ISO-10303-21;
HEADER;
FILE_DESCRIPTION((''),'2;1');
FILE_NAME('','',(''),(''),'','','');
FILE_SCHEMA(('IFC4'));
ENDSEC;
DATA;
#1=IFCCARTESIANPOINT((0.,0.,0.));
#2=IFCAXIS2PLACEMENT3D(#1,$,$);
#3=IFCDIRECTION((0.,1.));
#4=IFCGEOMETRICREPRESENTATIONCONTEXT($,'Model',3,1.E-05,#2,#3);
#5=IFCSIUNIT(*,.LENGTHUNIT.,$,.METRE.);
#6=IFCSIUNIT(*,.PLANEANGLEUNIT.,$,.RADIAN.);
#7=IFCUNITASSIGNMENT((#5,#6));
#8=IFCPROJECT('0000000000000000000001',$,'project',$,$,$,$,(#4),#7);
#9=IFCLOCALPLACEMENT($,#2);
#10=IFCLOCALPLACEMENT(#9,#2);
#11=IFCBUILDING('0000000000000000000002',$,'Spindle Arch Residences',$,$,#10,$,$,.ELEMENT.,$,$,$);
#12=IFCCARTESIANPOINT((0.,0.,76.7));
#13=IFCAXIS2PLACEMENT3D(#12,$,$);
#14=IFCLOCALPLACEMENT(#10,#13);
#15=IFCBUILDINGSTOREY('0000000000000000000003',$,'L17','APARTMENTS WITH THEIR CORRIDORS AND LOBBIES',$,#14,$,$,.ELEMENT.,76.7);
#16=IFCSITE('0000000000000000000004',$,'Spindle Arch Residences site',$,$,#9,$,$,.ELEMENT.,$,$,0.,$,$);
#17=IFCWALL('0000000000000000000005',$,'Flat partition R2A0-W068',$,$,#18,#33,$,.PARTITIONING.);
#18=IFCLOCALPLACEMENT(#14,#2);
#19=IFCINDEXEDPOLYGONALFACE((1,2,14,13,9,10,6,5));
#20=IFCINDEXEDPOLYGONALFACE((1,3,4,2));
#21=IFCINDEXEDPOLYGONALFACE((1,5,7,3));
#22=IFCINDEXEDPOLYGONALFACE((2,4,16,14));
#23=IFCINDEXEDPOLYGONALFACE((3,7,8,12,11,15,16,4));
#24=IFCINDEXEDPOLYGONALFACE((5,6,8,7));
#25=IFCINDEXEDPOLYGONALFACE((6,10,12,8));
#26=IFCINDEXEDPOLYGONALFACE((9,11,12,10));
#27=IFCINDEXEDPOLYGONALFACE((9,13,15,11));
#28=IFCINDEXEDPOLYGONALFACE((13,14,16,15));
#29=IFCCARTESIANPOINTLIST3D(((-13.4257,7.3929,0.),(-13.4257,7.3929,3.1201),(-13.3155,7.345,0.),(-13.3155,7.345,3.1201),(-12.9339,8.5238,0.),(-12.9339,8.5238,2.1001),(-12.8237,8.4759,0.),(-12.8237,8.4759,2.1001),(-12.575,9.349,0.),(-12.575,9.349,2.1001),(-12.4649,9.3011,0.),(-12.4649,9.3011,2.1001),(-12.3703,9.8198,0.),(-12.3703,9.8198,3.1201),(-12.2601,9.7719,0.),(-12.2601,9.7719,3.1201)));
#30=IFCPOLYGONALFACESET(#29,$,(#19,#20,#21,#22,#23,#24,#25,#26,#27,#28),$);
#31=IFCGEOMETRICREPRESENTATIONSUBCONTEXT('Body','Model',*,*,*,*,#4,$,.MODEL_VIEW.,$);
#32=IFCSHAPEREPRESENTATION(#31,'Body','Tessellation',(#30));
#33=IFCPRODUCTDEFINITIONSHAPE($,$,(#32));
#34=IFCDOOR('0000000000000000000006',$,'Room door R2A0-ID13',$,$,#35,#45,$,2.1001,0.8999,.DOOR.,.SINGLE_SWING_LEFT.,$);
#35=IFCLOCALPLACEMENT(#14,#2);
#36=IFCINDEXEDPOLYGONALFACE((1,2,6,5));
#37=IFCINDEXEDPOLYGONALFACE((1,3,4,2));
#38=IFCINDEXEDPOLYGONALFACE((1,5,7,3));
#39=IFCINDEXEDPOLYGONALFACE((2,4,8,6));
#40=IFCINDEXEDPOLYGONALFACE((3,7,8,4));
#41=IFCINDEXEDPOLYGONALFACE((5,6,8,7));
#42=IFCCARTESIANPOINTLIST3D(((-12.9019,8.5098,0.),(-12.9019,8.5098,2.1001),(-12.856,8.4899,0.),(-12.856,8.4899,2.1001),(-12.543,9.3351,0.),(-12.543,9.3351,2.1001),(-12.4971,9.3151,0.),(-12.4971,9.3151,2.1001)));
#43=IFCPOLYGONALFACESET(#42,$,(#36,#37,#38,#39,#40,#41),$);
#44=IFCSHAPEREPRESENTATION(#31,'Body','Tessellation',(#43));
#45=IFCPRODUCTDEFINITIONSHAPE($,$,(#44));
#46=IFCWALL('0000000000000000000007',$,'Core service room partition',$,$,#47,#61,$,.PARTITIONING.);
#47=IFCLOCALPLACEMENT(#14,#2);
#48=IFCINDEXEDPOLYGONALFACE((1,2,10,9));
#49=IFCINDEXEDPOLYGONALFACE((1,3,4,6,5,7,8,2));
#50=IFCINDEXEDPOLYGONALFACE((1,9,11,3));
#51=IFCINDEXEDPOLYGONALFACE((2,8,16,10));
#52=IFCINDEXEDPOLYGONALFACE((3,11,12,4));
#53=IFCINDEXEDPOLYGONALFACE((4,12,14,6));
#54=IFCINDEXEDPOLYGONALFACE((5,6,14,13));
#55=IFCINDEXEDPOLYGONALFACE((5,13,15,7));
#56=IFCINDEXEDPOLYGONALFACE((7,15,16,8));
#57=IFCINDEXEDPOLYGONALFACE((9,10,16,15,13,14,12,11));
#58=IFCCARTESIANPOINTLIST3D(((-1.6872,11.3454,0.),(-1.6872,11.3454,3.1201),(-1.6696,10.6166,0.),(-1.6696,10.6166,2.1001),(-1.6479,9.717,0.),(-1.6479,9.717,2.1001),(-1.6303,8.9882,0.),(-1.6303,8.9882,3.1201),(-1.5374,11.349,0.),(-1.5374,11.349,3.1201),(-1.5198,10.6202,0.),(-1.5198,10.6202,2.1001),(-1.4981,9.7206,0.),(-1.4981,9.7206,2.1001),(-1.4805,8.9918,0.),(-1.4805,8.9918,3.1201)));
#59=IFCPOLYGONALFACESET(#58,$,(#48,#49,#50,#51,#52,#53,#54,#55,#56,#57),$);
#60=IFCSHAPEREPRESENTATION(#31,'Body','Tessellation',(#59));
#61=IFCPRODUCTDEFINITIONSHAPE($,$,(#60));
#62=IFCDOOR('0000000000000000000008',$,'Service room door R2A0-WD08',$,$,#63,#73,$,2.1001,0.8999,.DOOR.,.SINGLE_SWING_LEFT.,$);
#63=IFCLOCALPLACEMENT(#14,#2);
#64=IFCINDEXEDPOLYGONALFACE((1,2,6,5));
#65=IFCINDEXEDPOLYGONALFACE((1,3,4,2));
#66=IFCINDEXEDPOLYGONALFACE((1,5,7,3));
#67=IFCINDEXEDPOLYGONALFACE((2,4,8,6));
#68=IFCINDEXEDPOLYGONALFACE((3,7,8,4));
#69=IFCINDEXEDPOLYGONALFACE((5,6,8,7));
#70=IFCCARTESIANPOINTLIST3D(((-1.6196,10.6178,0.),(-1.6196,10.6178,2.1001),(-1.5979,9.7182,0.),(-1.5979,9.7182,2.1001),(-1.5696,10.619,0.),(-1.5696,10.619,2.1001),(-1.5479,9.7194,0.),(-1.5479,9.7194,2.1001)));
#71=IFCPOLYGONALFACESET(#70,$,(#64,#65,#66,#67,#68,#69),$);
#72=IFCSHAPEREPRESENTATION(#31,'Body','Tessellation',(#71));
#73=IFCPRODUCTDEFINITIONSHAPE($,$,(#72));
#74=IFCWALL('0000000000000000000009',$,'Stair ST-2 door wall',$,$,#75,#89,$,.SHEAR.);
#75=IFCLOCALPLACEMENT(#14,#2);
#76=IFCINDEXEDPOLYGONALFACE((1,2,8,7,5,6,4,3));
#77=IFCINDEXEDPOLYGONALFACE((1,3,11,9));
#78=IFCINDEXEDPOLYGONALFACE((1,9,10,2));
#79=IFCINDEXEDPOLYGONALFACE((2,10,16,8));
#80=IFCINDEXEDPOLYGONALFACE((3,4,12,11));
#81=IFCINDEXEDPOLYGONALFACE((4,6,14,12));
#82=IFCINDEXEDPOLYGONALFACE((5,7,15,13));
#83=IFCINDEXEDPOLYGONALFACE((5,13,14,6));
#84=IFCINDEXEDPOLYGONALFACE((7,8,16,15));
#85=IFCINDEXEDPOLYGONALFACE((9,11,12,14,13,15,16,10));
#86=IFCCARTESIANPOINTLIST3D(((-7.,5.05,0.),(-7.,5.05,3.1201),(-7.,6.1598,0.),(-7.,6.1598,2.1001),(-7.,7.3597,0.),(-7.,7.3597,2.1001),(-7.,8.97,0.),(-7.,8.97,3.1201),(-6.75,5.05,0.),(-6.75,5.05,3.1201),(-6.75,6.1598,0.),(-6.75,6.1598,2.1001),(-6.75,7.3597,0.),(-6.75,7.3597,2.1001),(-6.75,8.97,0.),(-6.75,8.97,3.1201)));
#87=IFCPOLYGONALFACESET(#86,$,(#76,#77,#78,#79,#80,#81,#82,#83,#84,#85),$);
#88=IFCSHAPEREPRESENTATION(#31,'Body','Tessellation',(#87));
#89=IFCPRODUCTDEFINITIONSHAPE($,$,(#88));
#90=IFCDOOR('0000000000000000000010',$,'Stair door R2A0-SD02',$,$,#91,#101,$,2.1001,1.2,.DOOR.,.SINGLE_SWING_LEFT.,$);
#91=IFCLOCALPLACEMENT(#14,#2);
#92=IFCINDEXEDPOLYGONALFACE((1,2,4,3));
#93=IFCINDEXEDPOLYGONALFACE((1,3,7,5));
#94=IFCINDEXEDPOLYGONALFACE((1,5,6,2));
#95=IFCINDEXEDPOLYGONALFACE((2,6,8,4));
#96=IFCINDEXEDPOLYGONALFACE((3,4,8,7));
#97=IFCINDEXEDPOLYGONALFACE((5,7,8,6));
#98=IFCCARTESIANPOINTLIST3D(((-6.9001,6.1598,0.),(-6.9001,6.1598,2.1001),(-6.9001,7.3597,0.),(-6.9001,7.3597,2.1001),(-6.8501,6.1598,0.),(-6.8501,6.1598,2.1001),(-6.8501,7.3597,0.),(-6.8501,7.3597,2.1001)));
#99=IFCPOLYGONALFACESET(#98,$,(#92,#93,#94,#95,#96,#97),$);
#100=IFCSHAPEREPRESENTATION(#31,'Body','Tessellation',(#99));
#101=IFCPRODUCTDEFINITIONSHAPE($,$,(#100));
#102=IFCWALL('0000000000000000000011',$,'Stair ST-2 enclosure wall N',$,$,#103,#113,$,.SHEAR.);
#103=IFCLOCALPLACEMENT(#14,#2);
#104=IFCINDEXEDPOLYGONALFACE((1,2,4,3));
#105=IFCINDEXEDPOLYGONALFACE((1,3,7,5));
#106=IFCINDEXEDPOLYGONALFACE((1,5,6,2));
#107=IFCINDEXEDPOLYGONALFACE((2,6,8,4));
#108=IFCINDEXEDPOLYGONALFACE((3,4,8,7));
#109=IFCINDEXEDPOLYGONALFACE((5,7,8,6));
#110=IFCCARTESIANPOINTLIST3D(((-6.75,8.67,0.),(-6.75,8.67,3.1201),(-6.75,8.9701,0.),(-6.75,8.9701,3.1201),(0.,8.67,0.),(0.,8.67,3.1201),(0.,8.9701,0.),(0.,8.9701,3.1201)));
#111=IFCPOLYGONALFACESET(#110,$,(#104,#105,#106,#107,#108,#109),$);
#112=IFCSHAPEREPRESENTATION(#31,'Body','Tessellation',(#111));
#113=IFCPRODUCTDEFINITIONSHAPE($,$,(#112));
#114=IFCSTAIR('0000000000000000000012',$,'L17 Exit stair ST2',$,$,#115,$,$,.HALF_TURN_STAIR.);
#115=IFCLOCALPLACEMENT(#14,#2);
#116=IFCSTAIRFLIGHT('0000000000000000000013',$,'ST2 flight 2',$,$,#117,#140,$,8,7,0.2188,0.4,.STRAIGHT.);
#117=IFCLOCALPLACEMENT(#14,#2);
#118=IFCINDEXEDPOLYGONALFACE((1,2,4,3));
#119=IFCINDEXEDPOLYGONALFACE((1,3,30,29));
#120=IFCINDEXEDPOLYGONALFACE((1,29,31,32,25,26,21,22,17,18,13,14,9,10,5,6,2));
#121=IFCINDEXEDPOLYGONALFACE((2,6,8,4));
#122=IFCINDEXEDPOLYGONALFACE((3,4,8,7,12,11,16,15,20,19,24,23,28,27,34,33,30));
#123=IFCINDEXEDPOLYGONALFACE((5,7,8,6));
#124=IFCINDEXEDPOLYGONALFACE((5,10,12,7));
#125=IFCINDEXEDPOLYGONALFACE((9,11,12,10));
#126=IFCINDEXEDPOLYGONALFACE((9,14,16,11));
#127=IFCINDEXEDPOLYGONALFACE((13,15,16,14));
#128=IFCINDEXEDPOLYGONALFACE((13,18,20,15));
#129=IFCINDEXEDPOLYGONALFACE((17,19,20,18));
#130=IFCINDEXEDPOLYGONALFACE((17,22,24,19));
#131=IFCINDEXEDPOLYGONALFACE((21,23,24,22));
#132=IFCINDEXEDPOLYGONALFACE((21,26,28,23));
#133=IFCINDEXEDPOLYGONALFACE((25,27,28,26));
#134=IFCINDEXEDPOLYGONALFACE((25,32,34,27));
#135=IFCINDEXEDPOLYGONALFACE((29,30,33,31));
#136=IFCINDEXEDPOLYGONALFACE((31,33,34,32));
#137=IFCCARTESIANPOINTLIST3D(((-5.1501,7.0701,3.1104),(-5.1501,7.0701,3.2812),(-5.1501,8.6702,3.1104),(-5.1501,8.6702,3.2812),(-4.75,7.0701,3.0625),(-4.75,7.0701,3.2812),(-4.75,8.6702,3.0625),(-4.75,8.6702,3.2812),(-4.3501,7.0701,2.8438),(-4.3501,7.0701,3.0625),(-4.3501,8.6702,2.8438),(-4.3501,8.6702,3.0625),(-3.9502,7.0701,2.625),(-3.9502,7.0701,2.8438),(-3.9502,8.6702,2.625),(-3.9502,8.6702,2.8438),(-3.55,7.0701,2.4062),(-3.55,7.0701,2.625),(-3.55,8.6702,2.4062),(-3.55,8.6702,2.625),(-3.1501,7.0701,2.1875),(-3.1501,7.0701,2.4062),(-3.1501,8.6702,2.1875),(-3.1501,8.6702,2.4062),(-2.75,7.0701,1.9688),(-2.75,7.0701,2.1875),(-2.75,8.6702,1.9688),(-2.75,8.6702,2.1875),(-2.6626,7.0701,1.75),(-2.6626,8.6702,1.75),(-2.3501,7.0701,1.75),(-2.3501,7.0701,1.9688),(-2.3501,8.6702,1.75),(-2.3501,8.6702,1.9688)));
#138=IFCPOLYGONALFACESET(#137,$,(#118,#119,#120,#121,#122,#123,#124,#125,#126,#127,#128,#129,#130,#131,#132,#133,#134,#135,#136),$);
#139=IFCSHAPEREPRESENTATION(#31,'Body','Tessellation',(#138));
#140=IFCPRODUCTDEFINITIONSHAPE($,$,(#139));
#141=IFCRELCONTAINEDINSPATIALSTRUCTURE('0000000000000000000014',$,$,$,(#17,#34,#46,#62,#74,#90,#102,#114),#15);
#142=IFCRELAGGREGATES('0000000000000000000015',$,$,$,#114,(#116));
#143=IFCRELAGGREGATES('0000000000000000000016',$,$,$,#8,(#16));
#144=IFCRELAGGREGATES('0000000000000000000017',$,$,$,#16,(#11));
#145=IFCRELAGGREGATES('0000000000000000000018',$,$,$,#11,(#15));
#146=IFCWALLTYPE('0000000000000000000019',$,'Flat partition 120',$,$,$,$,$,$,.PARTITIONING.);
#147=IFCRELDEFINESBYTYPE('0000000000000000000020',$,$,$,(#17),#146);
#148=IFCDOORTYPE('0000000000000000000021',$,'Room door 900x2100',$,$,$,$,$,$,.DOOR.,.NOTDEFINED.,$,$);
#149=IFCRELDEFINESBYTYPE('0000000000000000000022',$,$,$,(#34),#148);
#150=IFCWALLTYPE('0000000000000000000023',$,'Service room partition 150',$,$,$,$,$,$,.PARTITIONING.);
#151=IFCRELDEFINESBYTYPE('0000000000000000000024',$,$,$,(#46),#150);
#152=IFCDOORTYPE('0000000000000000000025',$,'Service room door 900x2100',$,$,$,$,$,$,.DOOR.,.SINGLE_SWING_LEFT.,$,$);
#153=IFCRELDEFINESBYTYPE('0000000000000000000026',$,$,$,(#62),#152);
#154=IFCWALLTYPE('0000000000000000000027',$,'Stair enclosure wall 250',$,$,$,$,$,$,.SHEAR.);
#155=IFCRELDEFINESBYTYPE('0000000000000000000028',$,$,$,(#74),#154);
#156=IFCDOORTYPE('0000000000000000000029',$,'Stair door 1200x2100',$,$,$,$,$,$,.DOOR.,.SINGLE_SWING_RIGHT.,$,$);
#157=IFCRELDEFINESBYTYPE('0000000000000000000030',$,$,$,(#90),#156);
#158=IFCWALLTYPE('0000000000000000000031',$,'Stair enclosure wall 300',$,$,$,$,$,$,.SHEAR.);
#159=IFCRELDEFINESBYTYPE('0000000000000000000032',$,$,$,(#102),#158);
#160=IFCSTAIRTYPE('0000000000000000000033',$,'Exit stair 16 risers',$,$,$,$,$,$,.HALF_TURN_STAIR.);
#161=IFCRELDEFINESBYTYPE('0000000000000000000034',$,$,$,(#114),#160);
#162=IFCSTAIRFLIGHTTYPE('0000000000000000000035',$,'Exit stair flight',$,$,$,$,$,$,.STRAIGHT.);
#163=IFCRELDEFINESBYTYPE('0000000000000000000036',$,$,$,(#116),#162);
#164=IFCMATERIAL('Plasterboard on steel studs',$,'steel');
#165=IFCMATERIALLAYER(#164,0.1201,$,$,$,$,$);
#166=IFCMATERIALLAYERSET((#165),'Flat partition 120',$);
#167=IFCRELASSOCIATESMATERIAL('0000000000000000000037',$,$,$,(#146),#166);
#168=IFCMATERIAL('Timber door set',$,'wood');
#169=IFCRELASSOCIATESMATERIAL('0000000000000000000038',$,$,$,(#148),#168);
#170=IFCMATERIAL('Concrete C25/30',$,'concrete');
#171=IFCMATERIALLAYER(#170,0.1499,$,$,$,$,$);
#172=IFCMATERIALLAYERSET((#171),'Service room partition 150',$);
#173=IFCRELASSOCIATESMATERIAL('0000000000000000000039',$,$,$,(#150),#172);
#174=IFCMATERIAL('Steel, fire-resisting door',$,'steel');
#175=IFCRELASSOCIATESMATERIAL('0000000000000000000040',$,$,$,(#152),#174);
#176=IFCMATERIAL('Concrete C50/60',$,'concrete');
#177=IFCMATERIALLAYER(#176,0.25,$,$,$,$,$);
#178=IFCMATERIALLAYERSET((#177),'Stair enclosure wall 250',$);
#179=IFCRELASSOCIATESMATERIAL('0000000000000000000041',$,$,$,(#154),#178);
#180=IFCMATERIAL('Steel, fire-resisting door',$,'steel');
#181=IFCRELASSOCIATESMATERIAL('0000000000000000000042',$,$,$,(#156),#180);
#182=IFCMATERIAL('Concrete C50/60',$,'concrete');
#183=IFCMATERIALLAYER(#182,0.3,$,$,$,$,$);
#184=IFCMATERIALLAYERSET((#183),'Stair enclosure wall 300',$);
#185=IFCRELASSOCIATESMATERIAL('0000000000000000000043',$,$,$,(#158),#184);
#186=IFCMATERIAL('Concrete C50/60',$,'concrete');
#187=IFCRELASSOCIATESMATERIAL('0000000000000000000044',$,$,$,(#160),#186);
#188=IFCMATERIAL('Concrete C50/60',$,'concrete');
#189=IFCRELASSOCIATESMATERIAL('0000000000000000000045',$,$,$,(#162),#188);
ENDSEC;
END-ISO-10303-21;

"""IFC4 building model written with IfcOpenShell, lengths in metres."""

from ifc_helpers import new_model, si_unit, direction, frame, frame_2d, origin, place, context, subcontext, project, spatial, polyline, rectangle, outline, extrude, material, layer, layer_set, type_object, element, fill, aggregate, save


model = new_model("IFC4")

# Units and contexts
model_context = context("Model", 3, precision=1e-05, world=origin(), true_north=direction((0.0, 1.0)))
body_context = subcontext(model_context, "Body", "Model", "MODEL_VIEW")
ifc_project = project(units=[si_unit("LENGTHUNIT", "METRE"), si_unit("PLANEANGLEUNIT", "RADIAN")], contexts=[model_context])

# Site, building, storey
site_placement = place(None, origin())
site = spatial("IfcSite", under=ifc_project, at=site_placement, Name="Spindle Arch Residences site", CompositionType="ELEMENT", RefElevation=0.0)
building_placement = place(site_placement, origin())
building = spatial("IfcBuilding", under=site, at=building_placement, Name="Spindle Arch Residences", CompositionType="ELEMENT")
storey_placement = place(building_placement, frame((0.0, 0.0, 76.7)))
storey = spatial("IfcBuildingStorey", under=building, at=storey_placement, Name="L17", Description="APARTMENTS WITH THEIR CORRIDORS AND LOBBIES", CompositionType="ELEMENT", Elevation=76.7)

# Walls, openings, doors
ifc_material_1 = material(Name="Plasterboard on steel studs", Category="steel")
ifc_layer_1 = layer(ifc_material_1, 0.1201)
ifc_layer_set_1 = layer_set([ifc_layer_1], Name="Flat partition 120")
wall_type_1 = type_object("IfcWallType", Name="Flat partition 120", PredefinedType="PARTITIONING", material=ifc_layer_set_1)
wall_1_placement = place(storey_placement, frame((-12.3152, 9.7959, 0.0), z_axis=(0.0, 0.0, 1.0), x_axis=(-0.39879, -0.917042, 0.0)))
wall_1 = element("IfcWall", 1, at=wall_1_placement, inside=storey, type_object=wall_type_1, Name="Flat partition R2A0-W068", PredefinedType="PARTITIONING", context=body_context, shape_type="SweptSolid", body=[
    extrude(rectangle(XDim=2.6465, YDim=0.1201, at=frame_2d((1.3232, 0.0))), origin(), (0.0, 0.0, 1.0), 3.1201),
])
opening_1_placement = place(wall_1_placement, frame((0.5134, 0.0, 0.0)))
opening_1 = element("IfcOpeningElement", 2, at=opening_1_placement, cuts=wall_1, PredefinedType="OPENING", context=body_context, shape_type="SweptSolid", body=[
    extrude(rectangle(XDim=0.8999, YDim=2.1001, at=frame_2d((0.45, 1.05))), frame((0.0, 0.0701, 0.0), z_axis=(0.0, -1.0, 0.0), x_axis=(1.0, 0.0, 0.0)), (0.0, 0.0, 1.0), 0.1401),
])
ifc_material_2 = material(Name="Timber door set", Category="wood")
door_type_1 = type_object("IfcDoorType", Name="Room door 900x2100", OperationType="NOTDEFINED", PredefinedType="DOOR", material=ifc_material_2)
door_1_placement = place(opening_1_placement, origin())
door_1 = element("IfcDoor", 3, at=door_1_placement, inside=storey, type_object=door_type_1, Name="Room door R2A0-ID13", OperationType="SINGLE_SWING_LEFT", OverallHeight=2.1001, OverallWidth=0.8999, PredefinedType="DOOR", context=body_context, shape_type="SweptSolid", body=[
    extrude(rectangle(XDim=0.8999, YDim=2.1001, at=frame_2d((0.45, 1.05))), frame((0.0, 0.0249, 0.0), z_axis=(0.0, -1.0, 0.0), x_axis=(1.0, 0.0, 0.0)), (0.0, 0.0, 1.0), 0.05),
])
fill(opening_1, door_1)
ifc_material_3 = material(Name="Concrete C25/30", Category="concrete")
ifc_layer_2 = layer(ifc_material_3, 0.1499)
ifc_layer_set_2 = layer_set([ifc_layer_2], Name="Service room partition 150")
wall_type_2 = type_object("IfcWallType", Name="Service room partition 150", PredefinedType="PARTITIONING", material=ifc_layer_set_2)
wall_2_placement = place(storey_placement, frame((-1.5554, 8.99, 0.0), z_axis=(0.0, 0.0, 1.0), x_axis=(-0.024126, 0.999709, 0.0)))
wall_2 = element("IfcWall", 4, at=wall_2_placement, inside=storey, type_object=wall_type_2, Name="Core service room partition", PredefinedType="PARTITIONING", context=body_context, shape_type="SweptSolid", body=[
    extrude(rectangle(XDim=2.3579, YDim=0.1499, at=frame_2d((1.179, 0.0))), origin(), (0.0, 0.0, 1.0), 3.1201),
])
opening_2_placement = place(wall_2_placement, frame((0.729, 0.0, 0.0)))
opening_2 = element("IfcOpeningElement", 5, at=opening_2_placement, cuts=wall_2, PredefinedType="OPENING", context=body_context, shape_type="SweptSolid", body=[
    extrude(rectangle(XDim=0.8999, YDim=2.1001, at=frame_2d((0.45, 1.05))), frame((0.0, 0.085, 0.0), z_axis=(0.0, -1.0, 0.0), x_axis=(1.0, 0.0, 0.0)), (0.0, 0.0, 1.0), 0.1699),
])
ifc_material_4 = material(Name="Steel, fire-resisting door", Category="steel")
door_type_2 = type_object("IfcDoorType", Name="Service room door 900x2100", OperationType="SINGLE_SWING_LEFT", PredefinedType="DOOR", material=ifc_material_4)
door_2_placement = place(opening_2_placement, origin())
door_2 = element("IfcDoor", 6, at=door_2_placement, inside=storey, type_object=door_type_2, Name="Service room door R2A0-WD08", OperationType="SINGLE_SWING_LEFT", OverallHeight=2.1001, OverallWidth=0.8999, PredefinedType="DOOR", context=body_context, shape_type="SweptSolid", body=[
    extrude(rectangle(XDim=0.8999, YDim=2.1001, at=frame_2d((0.45, 1.05))), frame((0.0, 0.0249, 0.0), z_axis=(0.0, -1.0, 0.0), x_axis=(1.0, 0.0, 0.0)), (0.0, 0.0, 1.0), 0.05),
])
fill(opening_2, door_2)
ifc_material_5 = material(Name="Concrete C50/60", Category="concrete")
ifc_layer_3 = layer(ifc_material_5, 0.25)
ifc_layer_set_3 = layer_set([ifc_layer_3], Name="Stair enclosure wall 250")
wall_type_3 = type_object("IfcWallType", Name="Stair enclosure wall 250", PredefinedType="SHEAR", material=ifc_layer_set_3)
wall_3_placement = place(storey_placement, frame((-6.875, 8.97, 0.0), z_axis=(0.0, 0.0, 1.0), x_axis=(0.0, -1.0, 0.0)))
wall_3 = element("IfcWall", 7, at=wall_3_placement, inside=storey, type_object=wall_type_3, Name="Stair ST-2 door wall", PredefinedType="SHEAR", context=body_context, shape_type="SweptSolid", body=[
    extrude(rectangle(XDim=3.9199, YDim=0.25, at=frame_2d((1.96, 0.0))), origin(), (0.0, 0.0, 1.0), 3.1201),
])
opening_3_placement = place(wall_3_placement, frame((1.6101, 0.0, 0.0)))
opening_3 = element("IfcOpeningElement", 8, at=opening_3_placement, cuts=wall_3, PredefinedType="OPENING", context=body_context, shape_type="SweptSolid", body=[
    extrude(rectangle(XDim=1.2, YDim=2.1001, at=frame_2d((0.6001, 1.05))), frame((0.0, 0.135, 0.0), z_axis=(0.0, -1.0, 0.0), x_axis=(1.0, 0.0, 0.0)), (0.0, 0.0, 1.0), 0.27),
])
ifc_material_6 = material(Name="Steel, fire-resisting door", Category="steel")
door_type_3 = type_object("IfcDoorType", Name="Stair door 1200x2100", OperationType="SINGLE_SWING_RIGHT", PredefinedType="DOOR", material=ifc_material_6)
door_3_placement = place(opening_3_placement, origin())
door_3 = element("IfcDoor", 9, at=door_3_placement, inside=storey, type_object=door_type_3, Name="Stair door R2A0-SD02", OperationType="SINGLE_SWING_LEFT", OverallHeight=2.1001, OverallWidth=1.2, PredefinedType="DOOR", context=body_context, shape_type="SweptSolid", body=[
    extrude(rectangle(XDim=1.2, YDim=2.1001, at=frame_2d((0.6001, 1.05))), frame((0.0, 0.0249, 0.0), z_axis=(0.0, -1.0, 0.0), x_axis=(1.0, 0.0, 0.0)), (0.0, 0.0, 1.0), 0.05),
])
fill(opening_3, door_3)

# Wall
ifc_material_7 = material(Name="Concrete C50/60", Category="concrete")
ifc_layer_4 = layer(ifc_material_7, 0.3)
ifc_layer_set_4 = layer_set([ifc_layer_4], Name="Stair enclosure wall 300")
wall_type_4 = type_object("IfcWallType", Name="Stair enclosure wall 300", PredefinedType="SHEAR", material=ifc_layer_set_4)
wall_4_placement = place(storey_placement, frame((-6.75, 8.8201, 0.0), z_axis=(0.0, 0.0, 1.0), x_axis=(1.0, 0.0, 0.0)))
element("IfcWall", 10, at=wall_4_placement, inside=storey, type_object=wall_type_4, Name="Stair ST-2 enclosure wall N", PredefinedType="SHEAR", context=body_context, shape_type="SweptSolid", body=[
    extrude(rectangle(XDim=6.75, YDim=0.3, at=frame_2d((3.375, 0.0))), origin(), (0.0, 0.0, 1.0), 3.1201),
])

# Stair, stair flight
ifc_material_8 = material(Name="Concrete C50/60", Category="concrete")
stair_type = type_object("IfcStairType", Name="Exit stair 16 risers", PredefinedType="HALF_TURN_STAIR", material=ifc_material_8)
stair_placement = place(storey_placement, origin())
stair = element("IfcStair", 11, at=stair_placement, inside=storey, type_object=stair_type, Name="L17 Exit stair ST2", PredefinedType="HALF_TURN_STAIR")
ifc_material_9 = material(Name="Concrete C50/60", Category="concrete")
stair_flight_type = type_object("IfcStairFlightType", Name="Exit stair flight", PredefinedType="STRAIGHT", material=ifc_material_9)
stair_flight_placement = place(storey_placement, frame((-2.3501, 7.8701, 1.75), z_axis=(0.0, 0.0, 1.0), x_axis=(-1.0, 0.0, 0.0)))
stair_flight = element("IfcStairFlight", 12, at=stair_flight_placement, type_object=stair_flight_type, Name="ST2 flight 2", NumberOfRisers=8, NumberOfTreads=7, PredefinedType="STRAIGHT", RiserHeight=0.2188, TreadLength=0.4, context=body_context, shape_type="SweptSolid", body=[
    extrude(outline(polyline([(0.0, 0.0), (0.0, 0.2188), (0.3999, 0.2188), (0.3999, 0.4375), (0.8, 0.4375), (0.8, 0.6562), (1.2, 0.6562), (1.2, 0.875), (1.6001, 0.875), (1.6001, 1.0938), (2.0, 1.0938), (2.0, 1.3125), (2.3999, 1.3125), (2.3999, 1.5312), (2.8, 1.5312), (2.8, 1.75), (2.8, 1.3604), (0.3125, 0.0), (0.0, 0.0)])), frame((0.0, 0.8, 0.0), z_axis=(0.0, -1.0, 0.0), x_axis=(1.0, 0.0, 0.0)), (0.0, 0.0, 1.0), 1.6001),
])
aggregate(stair, [stair_flight])

save(model, "model.ifc")
